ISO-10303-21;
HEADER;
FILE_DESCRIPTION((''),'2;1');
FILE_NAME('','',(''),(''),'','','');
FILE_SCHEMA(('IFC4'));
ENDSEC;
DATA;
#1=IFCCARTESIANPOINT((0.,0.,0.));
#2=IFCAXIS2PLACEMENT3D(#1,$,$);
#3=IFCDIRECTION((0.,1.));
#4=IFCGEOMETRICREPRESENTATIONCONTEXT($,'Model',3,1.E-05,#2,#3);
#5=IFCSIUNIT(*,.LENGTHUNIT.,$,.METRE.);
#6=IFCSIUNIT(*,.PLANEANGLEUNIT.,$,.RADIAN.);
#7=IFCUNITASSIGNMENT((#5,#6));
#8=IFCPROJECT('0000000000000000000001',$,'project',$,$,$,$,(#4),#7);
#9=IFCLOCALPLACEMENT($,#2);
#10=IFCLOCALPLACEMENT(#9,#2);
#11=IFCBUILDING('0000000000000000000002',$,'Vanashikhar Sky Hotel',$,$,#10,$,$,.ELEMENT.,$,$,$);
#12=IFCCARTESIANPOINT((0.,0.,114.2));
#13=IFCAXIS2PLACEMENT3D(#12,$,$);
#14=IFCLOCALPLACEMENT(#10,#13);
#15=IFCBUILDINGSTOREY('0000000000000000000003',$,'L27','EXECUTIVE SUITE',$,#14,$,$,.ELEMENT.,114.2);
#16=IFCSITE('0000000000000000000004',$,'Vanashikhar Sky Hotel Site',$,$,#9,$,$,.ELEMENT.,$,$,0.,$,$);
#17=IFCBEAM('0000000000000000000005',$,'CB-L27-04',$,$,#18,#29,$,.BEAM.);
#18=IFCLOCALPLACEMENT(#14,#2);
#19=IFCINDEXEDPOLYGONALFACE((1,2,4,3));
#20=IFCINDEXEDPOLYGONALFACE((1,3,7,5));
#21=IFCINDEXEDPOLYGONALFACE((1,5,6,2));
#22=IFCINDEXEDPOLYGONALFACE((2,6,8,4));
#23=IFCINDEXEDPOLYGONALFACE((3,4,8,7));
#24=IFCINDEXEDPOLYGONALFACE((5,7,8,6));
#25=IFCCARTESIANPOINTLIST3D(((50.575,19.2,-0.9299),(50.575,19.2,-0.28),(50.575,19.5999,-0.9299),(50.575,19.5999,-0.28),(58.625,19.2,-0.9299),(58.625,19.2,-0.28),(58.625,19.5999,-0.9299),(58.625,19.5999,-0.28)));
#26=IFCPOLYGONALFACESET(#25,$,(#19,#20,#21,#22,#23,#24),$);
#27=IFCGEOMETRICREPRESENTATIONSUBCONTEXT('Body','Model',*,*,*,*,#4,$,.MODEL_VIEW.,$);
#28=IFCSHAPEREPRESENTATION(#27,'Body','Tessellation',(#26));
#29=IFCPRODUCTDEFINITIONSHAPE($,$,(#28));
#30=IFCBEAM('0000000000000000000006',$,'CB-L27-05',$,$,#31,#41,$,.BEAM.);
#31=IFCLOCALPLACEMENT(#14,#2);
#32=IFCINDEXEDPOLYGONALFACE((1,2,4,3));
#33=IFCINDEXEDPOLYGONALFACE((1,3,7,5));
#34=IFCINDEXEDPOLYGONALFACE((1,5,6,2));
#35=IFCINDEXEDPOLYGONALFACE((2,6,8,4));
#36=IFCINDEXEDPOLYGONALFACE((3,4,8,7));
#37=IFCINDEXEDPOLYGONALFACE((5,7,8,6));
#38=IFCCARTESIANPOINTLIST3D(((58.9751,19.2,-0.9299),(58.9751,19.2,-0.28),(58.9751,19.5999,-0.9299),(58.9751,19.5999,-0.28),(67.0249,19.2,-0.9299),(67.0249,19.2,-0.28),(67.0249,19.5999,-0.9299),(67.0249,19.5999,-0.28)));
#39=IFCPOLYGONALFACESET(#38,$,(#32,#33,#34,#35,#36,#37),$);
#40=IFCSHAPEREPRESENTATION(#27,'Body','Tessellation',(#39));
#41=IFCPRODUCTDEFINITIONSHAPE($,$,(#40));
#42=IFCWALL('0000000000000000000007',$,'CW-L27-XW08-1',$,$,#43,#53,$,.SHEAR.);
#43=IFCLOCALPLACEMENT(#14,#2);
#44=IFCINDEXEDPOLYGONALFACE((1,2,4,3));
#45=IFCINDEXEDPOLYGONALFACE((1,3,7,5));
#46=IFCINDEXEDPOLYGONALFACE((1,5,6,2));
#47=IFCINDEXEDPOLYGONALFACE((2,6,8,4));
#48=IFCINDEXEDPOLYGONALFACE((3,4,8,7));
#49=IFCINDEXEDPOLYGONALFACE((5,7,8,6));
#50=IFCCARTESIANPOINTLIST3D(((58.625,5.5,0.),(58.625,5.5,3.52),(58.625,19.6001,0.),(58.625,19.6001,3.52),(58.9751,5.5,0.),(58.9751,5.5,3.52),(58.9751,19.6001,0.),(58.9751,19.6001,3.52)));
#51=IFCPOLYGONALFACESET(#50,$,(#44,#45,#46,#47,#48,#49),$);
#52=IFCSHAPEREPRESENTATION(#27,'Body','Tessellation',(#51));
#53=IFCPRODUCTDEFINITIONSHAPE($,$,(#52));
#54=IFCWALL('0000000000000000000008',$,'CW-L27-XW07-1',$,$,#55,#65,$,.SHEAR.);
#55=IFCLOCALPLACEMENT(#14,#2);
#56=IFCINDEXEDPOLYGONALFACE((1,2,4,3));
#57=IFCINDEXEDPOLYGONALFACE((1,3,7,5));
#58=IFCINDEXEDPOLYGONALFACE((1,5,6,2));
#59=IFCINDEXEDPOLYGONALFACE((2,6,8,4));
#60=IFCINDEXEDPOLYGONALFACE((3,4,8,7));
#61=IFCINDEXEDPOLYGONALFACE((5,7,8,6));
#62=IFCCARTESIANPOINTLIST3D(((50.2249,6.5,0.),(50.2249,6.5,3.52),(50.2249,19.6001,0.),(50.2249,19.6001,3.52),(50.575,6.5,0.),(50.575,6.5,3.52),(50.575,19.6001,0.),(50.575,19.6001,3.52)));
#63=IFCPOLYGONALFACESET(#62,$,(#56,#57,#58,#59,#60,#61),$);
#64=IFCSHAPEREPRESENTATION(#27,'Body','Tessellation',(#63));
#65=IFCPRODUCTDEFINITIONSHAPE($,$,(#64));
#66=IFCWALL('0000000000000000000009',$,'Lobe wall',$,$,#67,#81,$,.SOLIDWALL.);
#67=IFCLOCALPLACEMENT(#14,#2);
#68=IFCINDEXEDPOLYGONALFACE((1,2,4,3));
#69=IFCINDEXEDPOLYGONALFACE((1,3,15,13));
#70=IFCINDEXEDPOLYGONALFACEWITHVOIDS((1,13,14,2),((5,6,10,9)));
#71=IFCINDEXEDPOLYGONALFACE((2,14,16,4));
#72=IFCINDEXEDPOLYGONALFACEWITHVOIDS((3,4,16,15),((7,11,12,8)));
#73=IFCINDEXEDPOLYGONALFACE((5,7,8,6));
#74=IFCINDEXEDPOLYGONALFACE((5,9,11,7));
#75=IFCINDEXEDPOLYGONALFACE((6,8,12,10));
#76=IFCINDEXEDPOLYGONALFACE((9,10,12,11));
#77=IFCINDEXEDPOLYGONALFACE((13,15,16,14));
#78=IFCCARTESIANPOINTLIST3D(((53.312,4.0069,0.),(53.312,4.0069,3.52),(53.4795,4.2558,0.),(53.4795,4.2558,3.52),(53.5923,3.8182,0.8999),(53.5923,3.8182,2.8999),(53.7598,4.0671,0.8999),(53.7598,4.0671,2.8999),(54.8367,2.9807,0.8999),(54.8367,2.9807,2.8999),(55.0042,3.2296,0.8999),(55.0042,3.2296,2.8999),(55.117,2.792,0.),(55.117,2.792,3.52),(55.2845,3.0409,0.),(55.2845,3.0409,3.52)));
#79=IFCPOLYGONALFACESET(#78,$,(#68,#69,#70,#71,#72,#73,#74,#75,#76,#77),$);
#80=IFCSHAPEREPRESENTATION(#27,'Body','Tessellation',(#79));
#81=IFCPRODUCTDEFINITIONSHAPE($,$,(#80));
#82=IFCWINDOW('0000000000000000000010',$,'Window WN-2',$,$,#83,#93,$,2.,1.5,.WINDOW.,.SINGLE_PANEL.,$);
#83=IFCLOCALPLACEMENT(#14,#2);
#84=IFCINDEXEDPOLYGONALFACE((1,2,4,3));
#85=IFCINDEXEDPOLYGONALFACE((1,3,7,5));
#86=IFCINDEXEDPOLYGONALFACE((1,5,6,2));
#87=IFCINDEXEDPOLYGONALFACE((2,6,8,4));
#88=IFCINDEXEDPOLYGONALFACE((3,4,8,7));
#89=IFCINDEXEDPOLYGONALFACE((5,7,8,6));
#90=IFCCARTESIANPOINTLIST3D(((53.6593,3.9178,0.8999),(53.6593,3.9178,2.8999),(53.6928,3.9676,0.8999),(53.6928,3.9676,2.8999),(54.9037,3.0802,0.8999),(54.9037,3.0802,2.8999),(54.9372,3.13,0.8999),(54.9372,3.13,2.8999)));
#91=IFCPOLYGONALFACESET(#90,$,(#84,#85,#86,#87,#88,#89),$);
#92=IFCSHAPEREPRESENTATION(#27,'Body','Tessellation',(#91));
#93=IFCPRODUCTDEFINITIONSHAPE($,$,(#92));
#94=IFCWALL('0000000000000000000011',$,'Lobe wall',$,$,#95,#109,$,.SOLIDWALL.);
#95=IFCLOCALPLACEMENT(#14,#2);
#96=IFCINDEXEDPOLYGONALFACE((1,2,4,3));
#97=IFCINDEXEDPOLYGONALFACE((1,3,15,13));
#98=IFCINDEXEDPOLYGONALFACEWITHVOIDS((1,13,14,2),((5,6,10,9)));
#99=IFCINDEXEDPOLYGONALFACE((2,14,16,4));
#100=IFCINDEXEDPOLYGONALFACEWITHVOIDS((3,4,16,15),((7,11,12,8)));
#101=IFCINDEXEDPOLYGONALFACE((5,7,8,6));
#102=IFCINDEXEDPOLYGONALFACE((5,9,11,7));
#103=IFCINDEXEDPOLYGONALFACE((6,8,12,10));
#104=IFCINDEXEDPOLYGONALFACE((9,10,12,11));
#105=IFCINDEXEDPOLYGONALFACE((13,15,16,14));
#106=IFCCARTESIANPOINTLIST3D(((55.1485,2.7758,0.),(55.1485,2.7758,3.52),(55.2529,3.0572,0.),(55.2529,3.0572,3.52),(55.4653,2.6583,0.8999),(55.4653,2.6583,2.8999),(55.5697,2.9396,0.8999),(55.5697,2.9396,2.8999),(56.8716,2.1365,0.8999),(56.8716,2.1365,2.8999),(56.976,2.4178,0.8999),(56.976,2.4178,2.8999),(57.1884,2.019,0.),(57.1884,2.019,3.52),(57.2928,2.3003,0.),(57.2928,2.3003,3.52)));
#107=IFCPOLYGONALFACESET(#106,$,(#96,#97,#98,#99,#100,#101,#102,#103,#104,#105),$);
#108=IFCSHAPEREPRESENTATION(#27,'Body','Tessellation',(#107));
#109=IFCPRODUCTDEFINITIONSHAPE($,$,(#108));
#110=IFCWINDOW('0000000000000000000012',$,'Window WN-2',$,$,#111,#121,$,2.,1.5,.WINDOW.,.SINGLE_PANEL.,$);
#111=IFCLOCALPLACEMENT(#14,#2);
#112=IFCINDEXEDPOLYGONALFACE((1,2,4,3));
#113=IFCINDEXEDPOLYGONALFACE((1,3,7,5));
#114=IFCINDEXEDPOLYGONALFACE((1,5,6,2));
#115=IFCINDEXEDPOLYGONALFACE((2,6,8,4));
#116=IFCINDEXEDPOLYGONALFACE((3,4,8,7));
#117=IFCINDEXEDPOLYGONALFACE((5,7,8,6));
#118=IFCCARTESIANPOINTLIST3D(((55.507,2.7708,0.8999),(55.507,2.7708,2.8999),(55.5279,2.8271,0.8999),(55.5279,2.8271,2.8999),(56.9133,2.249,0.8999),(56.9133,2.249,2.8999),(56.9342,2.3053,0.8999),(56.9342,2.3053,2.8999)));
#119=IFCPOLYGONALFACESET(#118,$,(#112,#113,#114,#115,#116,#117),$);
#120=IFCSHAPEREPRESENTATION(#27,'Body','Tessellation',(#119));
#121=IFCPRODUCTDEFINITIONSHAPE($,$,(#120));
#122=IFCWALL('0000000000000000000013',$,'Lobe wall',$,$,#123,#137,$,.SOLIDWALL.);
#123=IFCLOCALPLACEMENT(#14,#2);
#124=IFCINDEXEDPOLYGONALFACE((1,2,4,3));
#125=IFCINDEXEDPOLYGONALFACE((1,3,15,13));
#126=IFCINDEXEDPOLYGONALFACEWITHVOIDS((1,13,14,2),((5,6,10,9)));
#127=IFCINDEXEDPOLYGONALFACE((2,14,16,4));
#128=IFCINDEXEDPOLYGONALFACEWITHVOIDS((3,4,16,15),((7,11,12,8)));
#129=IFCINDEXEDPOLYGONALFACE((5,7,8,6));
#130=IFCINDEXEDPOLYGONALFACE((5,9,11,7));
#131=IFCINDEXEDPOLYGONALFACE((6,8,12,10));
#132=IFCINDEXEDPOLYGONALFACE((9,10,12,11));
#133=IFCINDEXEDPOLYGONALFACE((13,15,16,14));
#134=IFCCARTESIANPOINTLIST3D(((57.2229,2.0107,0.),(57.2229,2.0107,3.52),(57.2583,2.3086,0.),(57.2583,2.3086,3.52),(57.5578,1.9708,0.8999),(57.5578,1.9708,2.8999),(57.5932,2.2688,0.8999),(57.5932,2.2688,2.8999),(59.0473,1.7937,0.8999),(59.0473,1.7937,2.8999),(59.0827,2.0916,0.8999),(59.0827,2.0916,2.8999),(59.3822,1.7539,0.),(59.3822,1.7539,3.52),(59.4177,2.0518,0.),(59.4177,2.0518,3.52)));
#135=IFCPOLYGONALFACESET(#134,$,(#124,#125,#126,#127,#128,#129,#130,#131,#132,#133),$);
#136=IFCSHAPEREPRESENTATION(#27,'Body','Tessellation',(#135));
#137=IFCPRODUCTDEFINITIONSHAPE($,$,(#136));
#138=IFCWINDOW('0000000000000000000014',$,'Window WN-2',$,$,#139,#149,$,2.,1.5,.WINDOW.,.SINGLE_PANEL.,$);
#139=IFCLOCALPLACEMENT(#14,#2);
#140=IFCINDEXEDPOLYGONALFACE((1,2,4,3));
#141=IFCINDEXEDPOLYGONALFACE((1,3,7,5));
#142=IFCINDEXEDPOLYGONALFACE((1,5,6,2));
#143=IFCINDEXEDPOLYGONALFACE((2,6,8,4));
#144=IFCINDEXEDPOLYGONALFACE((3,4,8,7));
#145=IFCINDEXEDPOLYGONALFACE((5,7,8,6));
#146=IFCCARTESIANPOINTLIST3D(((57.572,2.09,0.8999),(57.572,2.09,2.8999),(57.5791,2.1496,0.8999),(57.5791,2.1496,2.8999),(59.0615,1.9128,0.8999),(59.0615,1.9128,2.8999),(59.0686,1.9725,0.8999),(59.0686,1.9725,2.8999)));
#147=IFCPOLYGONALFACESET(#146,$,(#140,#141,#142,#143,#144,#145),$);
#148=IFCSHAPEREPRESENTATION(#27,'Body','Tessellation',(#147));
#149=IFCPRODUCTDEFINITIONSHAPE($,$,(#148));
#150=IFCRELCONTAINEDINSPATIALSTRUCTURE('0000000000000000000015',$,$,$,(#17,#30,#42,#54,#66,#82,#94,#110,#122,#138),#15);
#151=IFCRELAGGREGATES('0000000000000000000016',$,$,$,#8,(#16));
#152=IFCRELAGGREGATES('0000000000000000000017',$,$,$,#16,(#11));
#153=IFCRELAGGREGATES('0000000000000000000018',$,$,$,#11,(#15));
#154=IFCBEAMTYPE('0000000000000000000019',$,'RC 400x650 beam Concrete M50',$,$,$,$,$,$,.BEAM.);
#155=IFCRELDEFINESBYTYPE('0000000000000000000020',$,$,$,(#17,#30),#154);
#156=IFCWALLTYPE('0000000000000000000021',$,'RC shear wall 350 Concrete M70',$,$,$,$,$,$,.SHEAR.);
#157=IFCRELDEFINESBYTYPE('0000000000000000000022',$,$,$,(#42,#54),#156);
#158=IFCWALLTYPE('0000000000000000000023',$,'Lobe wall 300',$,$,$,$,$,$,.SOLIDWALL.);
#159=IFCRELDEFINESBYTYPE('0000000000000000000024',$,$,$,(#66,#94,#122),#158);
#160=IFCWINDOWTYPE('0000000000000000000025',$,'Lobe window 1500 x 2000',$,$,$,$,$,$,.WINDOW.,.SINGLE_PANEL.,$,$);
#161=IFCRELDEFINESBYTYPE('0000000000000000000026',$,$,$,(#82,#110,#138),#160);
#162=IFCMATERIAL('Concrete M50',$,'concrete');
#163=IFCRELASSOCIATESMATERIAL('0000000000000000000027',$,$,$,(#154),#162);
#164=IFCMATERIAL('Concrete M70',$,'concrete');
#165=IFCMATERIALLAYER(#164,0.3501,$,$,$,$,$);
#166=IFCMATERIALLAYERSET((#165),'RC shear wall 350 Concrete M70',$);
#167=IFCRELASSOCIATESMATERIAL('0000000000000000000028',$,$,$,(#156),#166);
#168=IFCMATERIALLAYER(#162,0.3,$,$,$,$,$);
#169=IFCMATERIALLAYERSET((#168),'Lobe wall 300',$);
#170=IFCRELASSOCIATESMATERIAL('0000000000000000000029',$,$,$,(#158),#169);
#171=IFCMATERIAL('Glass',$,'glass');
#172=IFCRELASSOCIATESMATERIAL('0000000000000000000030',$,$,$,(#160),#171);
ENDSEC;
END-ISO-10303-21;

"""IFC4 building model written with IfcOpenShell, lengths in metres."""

from ifc_helpers import new_model, si_unit, direction, frame, frame_2d, origin, origin_2d, place, context, subcontext, project, spatial, rectangle, extrude, source, transform, mapped, material, layer, layer_set, material_profile, profile_set, type_object, element, fill, save


model = new_model("IFC4")

# Units and contexts
model_context = context("Model", 3, precision=1e-05, world=origin(), true_north=direction((0.0, 1.0)))
body_context = subcontext(model_context, "Body", "Model", "MODEL_VIEW")
ifc_project = project(units=[si_unit("LENGTHUNIT", "METRE"), si_unit("PLANEANGLEUNIT", "RADIAN")], contexts=[model_context])

# Site, building, storey
site_placement = place(None, origin())
site = spatial("IfcSite", under=ifc_project, at=site_placement, Name="Vanashikhar Sky Hotel Site", CompositionType="ELEMENT", RefElevation=0.0)
building_placement = place(site_placement, origin())
building = spatial("IfcBuilding", under=site, at=building_placement, Name="Vanashikhar Sky Hotel", CompositionType="ELEMENT")
storey_placement = place(building_placement, frame((0.0, 0.0, 114.2)))
storey = spatial("IfcBuildingStorey", under=building, at=storey_placement, Name="L27", Description="EXECUTIVE SUITE", CompositionType="ELEMENT", Elevation=114.2)

# Beams
ifc_material_1 = material(Name="Concrete M50", Category="concrete")
ifc_material_profile_1 = material_profile(ifc_material_1, rectangle(XDim=0.3999, YDim=0.6499, at=origin_2d()))
ifc_profile_set_1 = profile_set([ifc_material_profile_1], Name="RC 400x650 beam Concrete M50")
beam_type = type_object("IfcBeamType", Name="RC 400x650 beam Concrete M50", PredefinedType="BEAM", material=ifc_profile_set_1)
shared_shape_1 = source(origin(), body_context, "Body", "SweptSolid", [
    extrude(rectangle(XDim=0.3999, YDim=0.6499, at=origin_2d()), origin(), (0.0, 0.0, 1.0), 8.05),
])
beam_1_placement = place(storey_placement, frame((50.575, 19.3999, -0.605), z_axis=(1.0, 0.0, 0.0), x_axis=(0.0, 1.0, 0.0)))
element("IfcBeam", 1, at=beam_1_placement, inside=storey, type_object=beam_type, Name="CB-L27-04", PredefinedType="BEAM", context=body_context, shape_type="MappedRepresentation", body=[
    mapped(shared_shape_1, transform((0.0, 0.0, 0.0), scale=1.0)),
])
shared_shape_2 = source(origin(), body_context, "Body", "SweptSolid", [
    extrude(rectangle(XDim=0.3999, YDim=0.6499, at=origin_2d()), origin(), (0.0, 0.0, 1.0), 8.0498),
])
beam_2_placement = place(storey_placement, frame((58.9751, 19.3999, -0.605), z_axis=(1.0, 0.0, 0.0), x_axis=(0.0, 1.0, 0.0)))
element("IfcBeam", 2, at=beam_2_placement, inside=storey, type_object=beam_type, Name="CB-L27-05", PredefinedType="BEAM", context=body_context, shape_type="MappedRepresentation", body=[
    mapped(shared_shape_2, transform((0.0, 0.0, 0.0), scale=1.0)),
])

# Walls
ifc_material_2 = material(Name="Concrete M70", Category="concrete")
ifc_layer_1 = layer(ifc_material_2, 0.3501)
ifc_layer_set_1 = layer_set([ifc_layer_1], Name="RC shear wall 350 Concrete M70")
wall_type_1 = type_object("IfcWallType", Name="RC shear wall 350 Concrete M70", PredefinedType="SHEAR", material=ifc_layer_set_1)
shared_shape_3 = source(origin(), body_context, "Body", "SweptSolid", [
    extrude(rectangle(XDim=14.1001, YDim=0.3501, at=frame_2d((7.05, 0.0))), origin(), (0.0, 0.0, 1.0), 3.52),
])
wall_1_placement = place(storey_placement, frame((58.8, 5.5, 0.0), z_axis=(0.0, 0.0, 1.0), x_axis=(0.0, 1.0, 0.0)))
element("IfcWall", 3, at=wall_1_placement, inside=storey, type_object=wall_type_1, Name="CW-L27-XW08-1", PredefinedType="SHEAR", context=body_context, shape_type="MappedRepresentation", body=[
    mapped(shared_shape_3, transform((0.0, 0.0, 0.0), scale=1.0)),
])
shared_shape_4 = source(origin(), body_context, "Body", "SweptSolid", [
    extrude(rectangle(XDim=13.1001, YDim=0.3501, at=frame_2d((6.55, 0.0))), origin(), (0.0, 0.0, 1.0), 3.52),
])
wall_2_placement = place(storey_placement, frame((50.3999, 6.5, 0.0), z_axis=(0.0, 0.0, 1.0), x_axis=(0.0, 1.0, 0.0)))
element("IfcWall", 4, at=wall_2_placement, inside=storey, type_object=wall_type_1, Name="CW-L27-XW07-1", PredefinedType="SHEAR", context=body_context, shape_type="MappedRepresentation", body=[
    mapped(shared_shape_4, transform((0.0, 0.0, 0.0), scale=1.0)),
])

# Walls, openings, windows
ifc_layer_2 = layer(ifc_material_1, 0.3)
ifc_layer_set_2 = layer_set([ifc_layer_2], Name="Lobe wall 300")
wall_type_2 = type_object("IfcWallType", Name="Lobe wall 300", PredefinedType="SOLIDWALL", material=ifc_layer_set_2)
shared_shape_5 = source(origin(), body_context, "Body", "SweptSolid", [
    extrude(rectangle(XDim=2.1758, YDim=0.3, at=frame_2d((1.0879, 0.0))), origin(), (0.0, 0.0, 1.0), 3.52),
])
wall_3_placement = place(storey_placement, frame((53.3958, 4.1313, 0.0), z_axis=(0.0, 0.0, 1.0), x_axis=(0.829591, -0.558372, 0.0)))
wall_3 = element("IfcWall", 5, at=wall_3_placement, inside=storey, type_object=wall_type_2, Name="Lobe wall", PredefinedType="SOLIDWALL", context=body_context, shape_type="MappedRepresentation", body=[
    mapped(shared_shape_5, transform((0.0, 0.0, 0.0), scale=1.0)),
])
shared_shape_6 = source(origin(), body_context, "Body", "SweptSolid", [
    extrude(rectangle(XDim=1.5, YDim=2.0, at=frame_2d((0.75, 1.0))), frame((0.0, 0.1602, 0.0), z_axis=(0.0, -1.0, 0.0), x_axis=(1.0, 0.0, 0.0)), (0.0, 0.0, 1.0), 0.3201),
])
opening_1_placement = place(wall_3_placement, frame((0.3379, 0.0, 0.8999)))
opening_1 = element("IfcOpeningElement", 6, at=opening_1_placement, cuts=wall_3, PredefinedType="OPENING", context=body_context, shape_type="MappedRepresentation", body=[
    mapped(shared_shape_6, transform((0.0, 0.0, 0.0), scale=1.0)),
])
ifc_material_3 = material(Name="Glass", Category="glass")
window_type = type_object("IfcWindowType", Name="Lobe window 1500 x 2000", PartitioningType="SINGLE_PANEL", PredefinedType="WINDOW", material=ifc_material_3)
shared_shape_7 = source(origin(), body_context, "Body", "SweptSolid", [
    extrude(rectangle(XDim=1.5, YDim=2.0, at=frame_2d((0.75, 1.0))), frame((0.0, 0.03, 0.0), z_axis=(0.0, -1.0, 0.0), x_axis=(1.0, 0.0, 0.0)), (0.0, 0.0, 1.0), 0.0601),
])
window_1_placement = place(opening_1_placement, origin())
window_1 = element("IfcWindow", 7, at=window_1_placement, inside=storey, type_object=window_type, Name="Window WN-2", OverallHeight=2.0, OverallWidth=1.5, PartitioningType="SINGLE_PANEL", PredefinedType="WINDOW", context=body_context, shape_type="MappedRepresentation", body=[
    mapped(shared_shape_7, transform((0.0, 0.0, 0.0), scale=1.0)),
])
fill(opening_1, window_1)
wall_4_placement = place(storey_placement, frame((55.2007, 2.9165, 0.0), z_axis=(0.0, 0.0, 1.0), x_axis=(0.937546, -0.347863, 0.0)))
wall_4 = element("IfcWall", 8, at=wall_4_placement, inside=storey, type_object=wall_type_2, Name="Lobe wall", PredefinedType="SOLIDWALL", context=body_context, shape_type="MappedRepresentation", body=[
    mapped(shared_shape_5, transform((0.0, 0.0, 0.0), scale=1.0)),
])
opening_2_placement = place(wall_4_placement, frame((0.3379, 0.0, 0.8999)))
opening_2 = element("IfcOpeningElement", 9, at=opening_2_placement, cuts=wall_4, PredefinedType="OPENING", context=body_context, shape_type="MappedRepresentation", body=[
    mapped(shared_shape_6, transform((0.0, 0.0, 0.0), scale=1.0)),
])
window_2_placement = place(opening_2_placement, origin())
window_2 = element("IfcWindow", 10, at=window_2_placement, inside=storey, type_object=window_type, Name="Window WN-2", OverallHeight=2.0, OverallWidth=1.5, PartitioningType="SINGLE_PANEL", PredefinedType="WINDOW", context=body_context, shape_type="MappedRepresentation", body=[
    mapped(shared_shape_7, transform((0.0, 0.0, 0.0), scale=1.0)),
])
fill(opening_2, window_2)
shared_shape_8 = source(origin(), body_context, "Body", "SweptSolid", [
    extrude(rectangle(XDim=2.1746, YDim=0.3, at=frame_2d((1.0874, 0.0))), origin(), (0.0, 0.0, 1.0), 3.52),
])
wall_5_placement = place(storey_placement, frame((57.2405, 2.1597, 0.0), z_axis=(0.0, 0.0, 1.0), x_axis=(0.993001, -0.118105, 0.0)))
wall_5 = element("IfcWall", 11, at=wall_5_placement, inside=storey, type_object=wall_type_2, Name="Lobe wall", PredefinedType="SOLIDWALL", context=body_context, shape_type="MappedRepresentation", body=[
    mapped(shared_shape_8, transform((0.0, 0.0, 0.0), scale=1.0)),
])
opening_3_placement = place(wall_5_placement, frame((0.3374, 0.0, 0.8999)))
opening_3 = element("IfcOpeningElement", 12, at=opening_3_placement, cuts=wall_5, PredefinedType="OPENING", context=body_context, shape_type="MappedRepresentation", body=[
    mapped(shared_shape_6, transform((0.0, 0.0, 0.0), scale=1.0)),
])
window_3_placement = place(opening_3_placement, origin())
window_3 = element("IfcWindow", 13, at=window_3_placement, inside=storey, type_object=window_type, Name="Window WN-2", OverallHeight=2.0, OverallWidth=1.5, PartitioningType="SINGLE_PANEL", PredefinedType="WINDOW", context=body_context, shape_type="MappedRepresentation", body=[
    mapped(shared_shape_7, transform((0.0, 0.0, 0.0), scale=1.0)),
])
fill(opening_3, window_3)

save(model, "model.ifc")
